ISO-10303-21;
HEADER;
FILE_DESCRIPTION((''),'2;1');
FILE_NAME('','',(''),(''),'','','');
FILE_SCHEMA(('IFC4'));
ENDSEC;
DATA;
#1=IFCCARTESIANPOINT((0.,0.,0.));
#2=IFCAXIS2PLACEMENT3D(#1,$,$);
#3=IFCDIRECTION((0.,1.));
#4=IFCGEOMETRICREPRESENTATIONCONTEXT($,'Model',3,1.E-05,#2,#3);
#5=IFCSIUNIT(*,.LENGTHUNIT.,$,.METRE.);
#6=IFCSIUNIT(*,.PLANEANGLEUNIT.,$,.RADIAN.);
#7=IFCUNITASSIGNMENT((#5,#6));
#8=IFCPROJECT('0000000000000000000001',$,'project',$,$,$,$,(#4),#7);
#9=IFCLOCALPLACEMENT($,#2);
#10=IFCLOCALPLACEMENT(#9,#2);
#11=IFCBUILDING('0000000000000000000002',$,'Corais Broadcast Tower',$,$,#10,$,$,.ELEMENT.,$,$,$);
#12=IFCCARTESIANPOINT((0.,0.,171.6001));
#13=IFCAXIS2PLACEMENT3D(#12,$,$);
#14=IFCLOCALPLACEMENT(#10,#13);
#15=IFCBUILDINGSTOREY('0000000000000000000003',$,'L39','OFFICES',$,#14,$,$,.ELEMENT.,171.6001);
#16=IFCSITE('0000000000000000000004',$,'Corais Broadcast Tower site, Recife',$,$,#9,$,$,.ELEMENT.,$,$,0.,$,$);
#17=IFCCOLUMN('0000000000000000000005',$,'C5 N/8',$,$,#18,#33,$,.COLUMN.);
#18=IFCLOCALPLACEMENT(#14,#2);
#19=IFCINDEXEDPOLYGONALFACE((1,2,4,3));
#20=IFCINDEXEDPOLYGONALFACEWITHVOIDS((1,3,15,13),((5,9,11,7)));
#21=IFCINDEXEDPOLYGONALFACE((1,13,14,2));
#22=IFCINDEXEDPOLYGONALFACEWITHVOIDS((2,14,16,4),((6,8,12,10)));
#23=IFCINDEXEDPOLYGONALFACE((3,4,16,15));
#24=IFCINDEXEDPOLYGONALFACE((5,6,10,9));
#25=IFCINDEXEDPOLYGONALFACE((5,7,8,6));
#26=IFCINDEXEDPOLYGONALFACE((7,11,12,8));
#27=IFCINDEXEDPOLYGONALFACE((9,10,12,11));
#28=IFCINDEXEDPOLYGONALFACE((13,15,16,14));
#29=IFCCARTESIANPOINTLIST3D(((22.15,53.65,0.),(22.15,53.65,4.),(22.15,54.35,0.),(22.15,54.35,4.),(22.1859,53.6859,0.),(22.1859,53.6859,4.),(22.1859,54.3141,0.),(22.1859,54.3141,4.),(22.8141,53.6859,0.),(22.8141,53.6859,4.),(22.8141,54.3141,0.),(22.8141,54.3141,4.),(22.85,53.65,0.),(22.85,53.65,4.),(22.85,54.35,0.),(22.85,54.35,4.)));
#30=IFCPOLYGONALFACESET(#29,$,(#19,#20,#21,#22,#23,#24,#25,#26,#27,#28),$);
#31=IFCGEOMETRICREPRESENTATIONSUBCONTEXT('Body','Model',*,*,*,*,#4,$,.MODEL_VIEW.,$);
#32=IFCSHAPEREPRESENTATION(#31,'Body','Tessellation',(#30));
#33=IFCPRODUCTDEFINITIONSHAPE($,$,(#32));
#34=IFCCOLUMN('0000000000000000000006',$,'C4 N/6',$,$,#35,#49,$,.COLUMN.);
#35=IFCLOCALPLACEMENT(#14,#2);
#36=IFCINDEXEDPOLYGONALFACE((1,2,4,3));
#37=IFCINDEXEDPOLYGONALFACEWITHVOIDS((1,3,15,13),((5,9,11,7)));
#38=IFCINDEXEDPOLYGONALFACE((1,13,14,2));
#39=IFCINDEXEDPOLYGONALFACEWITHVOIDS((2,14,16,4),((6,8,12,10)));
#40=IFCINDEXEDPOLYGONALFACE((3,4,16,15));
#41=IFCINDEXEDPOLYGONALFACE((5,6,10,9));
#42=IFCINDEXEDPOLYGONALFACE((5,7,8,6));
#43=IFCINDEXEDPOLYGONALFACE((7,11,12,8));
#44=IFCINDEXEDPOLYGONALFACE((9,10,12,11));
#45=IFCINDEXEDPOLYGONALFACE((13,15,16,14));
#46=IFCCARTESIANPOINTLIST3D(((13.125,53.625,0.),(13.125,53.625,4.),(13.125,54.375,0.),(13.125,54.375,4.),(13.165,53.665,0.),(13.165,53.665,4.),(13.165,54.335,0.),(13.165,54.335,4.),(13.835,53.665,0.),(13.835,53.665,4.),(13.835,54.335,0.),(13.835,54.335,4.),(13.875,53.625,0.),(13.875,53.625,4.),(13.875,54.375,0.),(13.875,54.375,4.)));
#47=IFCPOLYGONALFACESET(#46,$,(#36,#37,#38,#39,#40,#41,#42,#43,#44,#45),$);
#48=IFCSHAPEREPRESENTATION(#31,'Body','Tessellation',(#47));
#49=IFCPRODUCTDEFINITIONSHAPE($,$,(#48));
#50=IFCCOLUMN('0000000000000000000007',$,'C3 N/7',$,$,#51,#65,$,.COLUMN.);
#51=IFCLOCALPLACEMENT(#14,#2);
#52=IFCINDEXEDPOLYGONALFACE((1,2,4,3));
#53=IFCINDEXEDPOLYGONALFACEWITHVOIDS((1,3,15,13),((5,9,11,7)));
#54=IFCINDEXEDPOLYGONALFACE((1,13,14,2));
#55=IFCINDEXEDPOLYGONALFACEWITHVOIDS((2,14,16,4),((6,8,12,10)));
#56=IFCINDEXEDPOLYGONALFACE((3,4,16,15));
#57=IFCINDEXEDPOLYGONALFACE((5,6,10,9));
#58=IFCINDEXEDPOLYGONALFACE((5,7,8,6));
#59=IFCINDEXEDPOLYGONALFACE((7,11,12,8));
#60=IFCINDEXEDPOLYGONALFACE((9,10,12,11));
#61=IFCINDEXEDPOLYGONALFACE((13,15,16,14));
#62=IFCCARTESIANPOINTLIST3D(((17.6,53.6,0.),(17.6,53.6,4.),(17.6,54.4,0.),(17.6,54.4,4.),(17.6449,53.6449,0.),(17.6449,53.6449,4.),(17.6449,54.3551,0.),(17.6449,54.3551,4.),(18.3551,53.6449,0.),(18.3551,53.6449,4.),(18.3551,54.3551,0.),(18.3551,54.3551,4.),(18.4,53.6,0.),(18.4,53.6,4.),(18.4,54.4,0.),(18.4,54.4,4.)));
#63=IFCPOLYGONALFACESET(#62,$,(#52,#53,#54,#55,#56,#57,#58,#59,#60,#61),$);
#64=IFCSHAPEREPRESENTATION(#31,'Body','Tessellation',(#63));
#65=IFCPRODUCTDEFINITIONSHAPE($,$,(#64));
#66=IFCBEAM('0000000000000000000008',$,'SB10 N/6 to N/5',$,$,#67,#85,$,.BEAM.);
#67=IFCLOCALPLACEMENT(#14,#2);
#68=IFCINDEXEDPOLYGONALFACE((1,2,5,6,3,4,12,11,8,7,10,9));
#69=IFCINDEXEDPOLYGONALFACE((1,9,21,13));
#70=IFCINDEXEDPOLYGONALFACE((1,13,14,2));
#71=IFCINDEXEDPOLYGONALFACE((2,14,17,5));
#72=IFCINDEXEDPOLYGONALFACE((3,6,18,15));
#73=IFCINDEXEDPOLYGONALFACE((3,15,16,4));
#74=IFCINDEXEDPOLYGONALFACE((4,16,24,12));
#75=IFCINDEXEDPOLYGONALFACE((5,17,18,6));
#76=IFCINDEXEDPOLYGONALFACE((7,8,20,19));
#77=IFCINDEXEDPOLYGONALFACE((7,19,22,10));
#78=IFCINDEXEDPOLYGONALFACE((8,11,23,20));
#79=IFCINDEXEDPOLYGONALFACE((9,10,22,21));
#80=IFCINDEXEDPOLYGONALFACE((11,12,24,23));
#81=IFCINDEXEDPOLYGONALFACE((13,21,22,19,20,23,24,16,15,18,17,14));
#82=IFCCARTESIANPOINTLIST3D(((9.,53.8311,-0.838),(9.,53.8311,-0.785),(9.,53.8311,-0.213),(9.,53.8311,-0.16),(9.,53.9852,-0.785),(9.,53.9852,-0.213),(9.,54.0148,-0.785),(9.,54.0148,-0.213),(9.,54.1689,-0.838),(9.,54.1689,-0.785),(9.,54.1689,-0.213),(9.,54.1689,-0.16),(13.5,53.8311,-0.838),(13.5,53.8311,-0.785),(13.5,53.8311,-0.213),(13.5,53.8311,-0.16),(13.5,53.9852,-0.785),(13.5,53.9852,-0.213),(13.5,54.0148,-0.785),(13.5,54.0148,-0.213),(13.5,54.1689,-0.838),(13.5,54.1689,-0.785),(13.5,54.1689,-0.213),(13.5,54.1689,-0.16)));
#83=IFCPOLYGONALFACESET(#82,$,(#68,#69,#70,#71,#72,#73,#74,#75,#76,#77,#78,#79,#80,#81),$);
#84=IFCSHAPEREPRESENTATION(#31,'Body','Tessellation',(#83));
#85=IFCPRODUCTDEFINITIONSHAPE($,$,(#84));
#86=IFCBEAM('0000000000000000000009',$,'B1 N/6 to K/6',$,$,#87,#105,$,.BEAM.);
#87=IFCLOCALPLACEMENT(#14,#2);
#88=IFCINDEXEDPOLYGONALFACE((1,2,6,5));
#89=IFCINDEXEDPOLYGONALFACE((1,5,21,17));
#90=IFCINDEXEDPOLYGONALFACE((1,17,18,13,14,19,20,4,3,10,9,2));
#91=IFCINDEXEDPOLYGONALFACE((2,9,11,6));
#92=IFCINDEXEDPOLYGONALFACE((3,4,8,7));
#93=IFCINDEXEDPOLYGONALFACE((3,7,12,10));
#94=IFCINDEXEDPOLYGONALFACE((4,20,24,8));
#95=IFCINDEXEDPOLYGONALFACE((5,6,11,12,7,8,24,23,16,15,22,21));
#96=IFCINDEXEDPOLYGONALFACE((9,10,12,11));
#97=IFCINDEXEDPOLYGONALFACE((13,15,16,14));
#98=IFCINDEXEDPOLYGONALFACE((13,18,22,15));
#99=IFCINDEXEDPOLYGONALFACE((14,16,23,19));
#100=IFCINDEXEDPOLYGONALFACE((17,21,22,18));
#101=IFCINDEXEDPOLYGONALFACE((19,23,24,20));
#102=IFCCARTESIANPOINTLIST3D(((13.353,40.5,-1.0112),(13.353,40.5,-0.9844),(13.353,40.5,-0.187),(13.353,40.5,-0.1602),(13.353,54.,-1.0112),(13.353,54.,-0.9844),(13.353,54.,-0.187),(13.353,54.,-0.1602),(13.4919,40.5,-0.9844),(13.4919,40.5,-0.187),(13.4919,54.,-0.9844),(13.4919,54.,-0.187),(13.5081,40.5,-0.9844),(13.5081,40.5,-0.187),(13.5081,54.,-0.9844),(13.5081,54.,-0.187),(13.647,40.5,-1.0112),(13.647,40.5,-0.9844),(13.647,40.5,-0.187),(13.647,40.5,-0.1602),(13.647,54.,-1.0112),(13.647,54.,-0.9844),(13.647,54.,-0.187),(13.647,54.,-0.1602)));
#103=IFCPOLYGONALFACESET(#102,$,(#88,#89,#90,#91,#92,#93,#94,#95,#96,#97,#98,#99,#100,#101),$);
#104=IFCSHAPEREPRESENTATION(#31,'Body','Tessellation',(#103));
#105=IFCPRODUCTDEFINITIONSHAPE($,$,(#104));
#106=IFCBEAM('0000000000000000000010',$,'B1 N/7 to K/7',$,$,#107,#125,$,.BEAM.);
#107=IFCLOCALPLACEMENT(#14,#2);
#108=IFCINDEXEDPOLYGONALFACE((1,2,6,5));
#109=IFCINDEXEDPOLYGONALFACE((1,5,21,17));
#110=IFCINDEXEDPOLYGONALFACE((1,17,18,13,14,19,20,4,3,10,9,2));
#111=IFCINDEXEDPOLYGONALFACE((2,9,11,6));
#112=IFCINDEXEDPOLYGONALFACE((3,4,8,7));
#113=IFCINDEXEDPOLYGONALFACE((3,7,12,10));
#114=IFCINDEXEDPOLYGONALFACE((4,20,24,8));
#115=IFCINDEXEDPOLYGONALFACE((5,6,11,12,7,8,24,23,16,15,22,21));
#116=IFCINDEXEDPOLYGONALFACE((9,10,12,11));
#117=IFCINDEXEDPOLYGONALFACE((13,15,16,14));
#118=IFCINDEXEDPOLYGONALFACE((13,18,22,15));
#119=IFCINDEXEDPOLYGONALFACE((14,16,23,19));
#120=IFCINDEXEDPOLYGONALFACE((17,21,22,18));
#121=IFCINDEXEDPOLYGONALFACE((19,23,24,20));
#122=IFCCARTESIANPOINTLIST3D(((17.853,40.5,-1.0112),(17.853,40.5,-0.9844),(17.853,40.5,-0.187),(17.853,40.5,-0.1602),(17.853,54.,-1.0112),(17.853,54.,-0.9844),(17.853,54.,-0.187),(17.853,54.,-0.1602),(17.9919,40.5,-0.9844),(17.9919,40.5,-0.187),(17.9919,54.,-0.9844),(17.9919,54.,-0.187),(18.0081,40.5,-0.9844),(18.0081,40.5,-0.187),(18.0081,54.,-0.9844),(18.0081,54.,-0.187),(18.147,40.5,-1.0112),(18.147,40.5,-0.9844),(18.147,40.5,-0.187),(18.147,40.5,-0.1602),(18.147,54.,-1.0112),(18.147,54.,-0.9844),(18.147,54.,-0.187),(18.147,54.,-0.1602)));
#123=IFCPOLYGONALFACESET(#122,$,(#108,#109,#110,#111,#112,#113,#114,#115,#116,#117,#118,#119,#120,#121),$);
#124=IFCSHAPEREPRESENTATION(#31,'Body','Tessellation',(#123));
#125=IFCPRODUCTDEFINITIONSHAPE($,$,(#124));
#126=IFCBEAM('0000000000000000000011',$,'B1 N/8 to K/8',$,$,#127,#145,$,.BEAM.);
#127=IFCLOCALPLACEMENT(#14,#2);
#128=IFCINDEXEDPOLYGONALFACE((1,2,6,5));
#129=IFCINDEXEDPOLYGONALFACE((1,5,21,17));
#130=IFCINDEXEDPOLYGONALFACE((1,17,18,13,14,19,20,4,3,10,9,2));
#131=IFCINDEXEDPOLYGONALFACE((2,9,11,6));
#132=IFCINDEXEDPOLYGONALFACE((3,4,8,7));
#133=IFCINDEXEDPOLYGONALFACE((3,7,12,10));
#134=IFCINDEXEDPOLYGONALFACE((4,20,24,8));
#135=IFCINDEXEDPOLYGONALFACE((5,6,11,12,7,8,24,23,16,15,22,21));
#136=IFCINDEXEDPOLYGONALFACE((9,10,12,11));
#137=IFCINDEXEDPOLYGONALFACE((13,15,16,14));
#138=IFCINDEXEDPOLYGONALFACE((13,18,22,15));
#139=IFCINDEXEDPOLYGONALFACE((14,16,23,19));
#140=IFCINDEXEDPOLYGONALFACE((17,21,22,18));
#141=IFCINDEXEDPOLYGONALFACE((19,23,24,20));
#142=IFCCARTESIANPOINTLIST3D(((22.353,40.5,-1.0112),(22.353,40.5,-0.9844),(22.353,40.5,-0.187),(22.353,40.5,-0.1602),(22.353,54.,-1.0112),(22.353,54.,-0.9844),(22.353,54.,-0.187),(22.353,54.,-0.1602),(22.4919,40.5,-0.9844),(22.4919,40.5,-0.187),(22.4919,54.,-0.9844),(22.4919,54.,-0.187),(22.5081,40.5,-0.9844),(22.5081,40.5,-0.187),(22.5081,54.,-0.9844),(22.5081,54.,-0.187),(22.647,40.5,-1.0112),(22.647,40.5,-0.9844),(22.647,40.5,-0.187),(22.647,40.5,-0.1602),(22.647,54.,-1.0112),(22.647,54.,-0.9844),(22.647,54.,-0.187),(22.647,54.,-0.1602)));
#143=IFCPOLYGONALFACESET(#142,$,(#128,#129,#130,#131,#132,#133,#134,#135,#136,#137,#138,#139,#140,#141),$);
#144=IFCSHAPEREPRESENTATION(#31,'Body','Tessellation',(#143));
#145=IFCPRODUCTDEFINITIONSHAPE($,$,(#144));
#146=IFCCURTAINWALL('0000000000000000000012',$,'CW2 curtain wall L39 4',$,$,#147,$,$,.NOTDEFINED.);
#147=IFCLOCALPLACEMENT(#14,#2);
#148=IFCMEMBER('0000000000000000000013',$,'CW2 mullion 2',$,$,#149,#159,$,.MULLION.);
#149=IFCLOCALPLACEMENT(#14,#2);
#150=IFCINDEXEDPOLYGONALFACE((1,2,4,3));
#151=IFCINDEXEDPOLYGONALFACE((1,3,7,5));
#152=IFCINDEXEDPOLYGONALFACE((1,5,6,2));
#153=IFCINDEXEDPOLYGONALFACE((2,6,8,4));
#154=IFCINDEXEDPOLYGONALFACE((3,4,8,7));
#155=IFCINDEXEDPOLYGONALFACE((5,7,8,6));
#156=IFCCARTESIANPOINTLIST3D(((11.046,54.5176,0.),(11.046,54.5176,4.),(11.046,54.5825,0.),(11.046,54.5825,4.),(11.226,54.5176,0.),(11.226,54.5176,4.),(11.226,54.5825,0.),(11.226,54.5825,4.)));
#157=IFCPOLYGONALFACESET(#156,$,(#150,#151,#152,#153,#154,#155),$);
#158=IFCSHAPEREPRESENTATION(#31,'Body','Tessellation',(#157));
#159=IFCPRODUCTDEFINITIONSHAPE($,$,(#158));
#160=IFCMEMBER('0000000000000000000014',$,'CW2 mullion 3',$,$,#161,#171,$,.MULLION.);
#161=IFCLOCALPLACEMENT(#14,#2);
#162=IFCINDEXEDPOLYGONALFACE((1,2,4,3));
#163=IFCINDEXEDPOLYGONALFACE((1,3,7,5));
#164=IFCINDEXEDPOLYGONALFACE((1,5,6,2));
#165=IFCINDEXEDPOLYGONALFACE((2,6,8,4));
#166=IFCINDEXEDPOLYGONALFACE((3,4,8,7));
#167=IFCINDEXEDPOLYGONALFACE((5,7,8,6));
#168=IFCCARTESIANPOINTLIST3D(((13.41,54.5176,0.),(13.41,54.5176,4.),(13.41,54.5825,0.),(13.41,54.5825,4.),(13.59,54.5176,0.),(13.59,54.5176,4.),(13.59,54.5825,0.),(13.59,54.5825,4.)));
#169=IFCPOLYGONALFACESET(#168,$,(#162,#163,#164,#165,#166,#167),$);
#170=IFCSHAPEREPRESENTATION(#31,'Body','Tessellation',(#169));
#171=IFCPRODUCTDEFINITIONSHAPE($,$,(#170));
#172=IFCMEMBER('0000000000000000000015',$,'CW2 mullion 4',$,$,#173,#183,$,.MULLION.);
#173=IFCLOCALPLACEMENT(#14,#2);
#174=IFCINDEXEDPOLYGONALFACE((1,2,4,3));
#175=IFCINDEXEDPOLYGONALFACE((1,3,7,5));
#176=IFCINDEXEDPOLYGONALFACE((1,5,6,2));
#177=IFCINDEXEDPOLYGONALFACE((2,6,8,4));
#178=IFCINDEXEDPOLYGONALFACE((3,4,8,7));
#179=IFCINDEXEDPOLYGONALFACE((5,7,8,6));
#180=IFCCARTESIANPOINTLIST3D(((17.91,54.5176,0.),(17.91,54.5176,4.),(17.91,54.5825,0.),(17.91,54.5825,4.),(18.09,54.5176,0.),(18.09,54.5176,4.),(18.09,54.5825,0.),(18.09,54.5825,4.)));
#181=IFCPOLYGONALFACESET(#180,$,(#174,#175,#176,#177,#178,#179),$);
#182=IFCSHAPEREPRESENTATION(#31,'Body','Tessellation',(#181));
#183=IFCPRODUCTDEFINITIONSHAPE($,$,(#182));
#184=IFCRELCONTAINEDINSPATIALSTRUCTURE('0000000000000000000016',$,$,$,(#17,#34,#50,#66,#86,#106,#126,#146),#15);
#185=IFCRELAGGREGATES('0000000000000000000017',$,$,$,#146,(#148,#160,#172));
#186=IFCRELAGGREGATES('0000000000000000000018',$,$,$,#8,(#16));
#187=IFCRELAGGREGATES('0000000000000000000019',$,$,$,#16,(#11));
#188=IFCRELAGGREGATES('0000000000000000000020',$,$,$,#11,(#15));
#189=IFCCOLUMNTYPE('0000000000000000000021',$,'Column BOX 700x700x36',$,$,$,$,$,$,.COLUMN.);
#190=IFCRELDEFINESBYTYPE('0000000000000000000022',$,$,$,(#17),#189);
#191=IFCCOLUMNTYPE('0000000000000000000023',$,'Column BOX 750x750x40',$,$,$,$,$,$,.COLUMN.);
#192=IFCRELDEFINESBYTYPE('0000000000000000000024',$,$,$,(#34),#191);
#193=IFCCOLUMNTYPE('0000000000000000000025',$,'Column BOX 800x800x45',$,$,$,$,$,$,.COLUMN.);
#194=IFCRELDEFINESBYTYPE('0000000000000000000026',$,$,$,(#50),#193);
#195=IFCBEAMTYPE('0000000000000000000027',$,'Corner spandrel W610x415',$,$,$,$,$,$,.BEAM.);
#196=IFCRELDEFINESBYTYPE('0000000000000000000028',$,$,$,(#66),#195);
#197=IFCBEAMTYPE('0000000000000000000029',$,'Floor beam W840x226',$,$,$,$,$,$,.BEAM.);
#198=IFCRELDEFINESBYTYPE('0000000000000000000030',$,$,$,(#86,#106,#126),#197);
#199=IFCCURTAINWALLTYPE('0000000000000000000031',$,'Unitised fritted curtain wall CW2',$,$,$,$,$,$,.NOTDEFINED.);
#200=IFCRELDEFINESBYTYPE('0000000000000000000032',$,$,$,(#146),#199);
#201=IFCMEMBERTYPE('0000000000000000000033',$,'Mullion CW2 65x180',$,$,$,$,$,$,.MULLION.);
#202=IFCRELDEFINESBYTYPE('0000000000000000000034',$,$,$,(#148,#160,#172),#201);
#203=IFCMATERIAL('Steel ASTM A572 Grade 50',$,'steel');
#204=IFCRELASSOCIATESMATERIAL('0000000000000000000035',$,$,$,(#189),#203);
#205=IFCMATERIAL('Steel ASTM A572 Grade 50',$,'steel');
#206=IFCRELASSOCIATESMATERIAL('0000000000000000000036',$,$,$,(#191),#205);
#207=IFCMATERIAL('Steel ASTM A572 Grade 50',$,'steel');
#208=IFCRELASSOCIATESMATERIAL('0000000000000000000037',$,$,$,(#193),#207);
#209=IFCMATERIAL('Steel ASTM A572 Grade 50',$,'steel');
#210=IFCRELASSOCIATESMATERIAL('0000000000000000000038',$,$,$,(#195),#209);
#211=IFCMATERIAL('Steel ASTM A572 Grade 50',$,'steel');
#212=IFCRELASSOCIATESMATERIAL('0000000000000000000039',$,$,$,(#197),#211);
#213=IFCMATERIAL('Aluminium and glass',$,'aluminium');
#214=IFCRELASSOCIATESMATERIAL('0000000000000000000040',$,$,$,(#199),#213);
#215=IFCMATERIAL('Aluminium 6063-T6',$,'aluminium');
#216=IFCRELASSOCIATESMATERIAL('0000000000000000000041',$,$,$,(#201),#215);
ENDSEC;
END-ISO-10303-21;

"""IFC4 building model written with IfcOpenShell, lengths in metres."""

from ifc_helpers import new_model, si_unit, direction, frame, origin, origin_2d, place, context, subcontext, project, spatial, rectangle, hollow_rectangle, i_section, extrude, material, material_profile, profile_set, type_object, element, aggregate, save


model = new_model("IFC4")

# Units and contexts
model_context = context("Model", 3, precision=1e-05, world=origin(), true_north=direction((0.0, 1.0)))
body_context = subcontext(model_context, "Body", "Model", "MODEL_VIEW")
ifc_project = project(units=[si_unit("LENGTHUNIT", "METRE"), si_unit("PLANEANGLEUNIT", "RADIAN")], contexts=[model_context])

# Site, building, storey
site_placement = place(None, origin())
site = spatial("IfcSite", under=ifc_project, at=site_placement, Name="Corais Broadcast Tower site, Recife", CompositionType="ELEMENT", RefElevation=0.0)
building_placement = place(site_placement, origin())
building = spatial("IfcBuilding", under=site, at=building_placement, Name="Corais Broadcast Tower", CompositionType="ELEMENT")
storey_placement = place(building_placement, frame((0.0, 0.0, 171.6001)))
storey = spatial("IfcBuildingStorey", under=building, at=storey_placement, Name="L39", Description="OFFICES", CompositionType="ELEMENT", Elevation=171.6001)

# Columns
ifc_material_1 = material(Name="Steel ASTM A572 Grade 50", Category="steel")
ifc_material_profile_1 = material_profile(ifc_material_1, hollow_rectangle(XDim=0.7, YDim=0.7, WallThickness=0.0359, at=origin_2d()), Name="BOX 700x700x36")
ifc_profile_set_1 = profile_set([ifc_material_profile_1], Name="Steel ASTM A572 Grade 50")
column_type_1 = type_object("IfcColumnType", Name="Column BOX 700x700x36", PredefinedType="COLUMN", material=ifc_profile_set_1)
column_1_placement = place(storey_placement, frame((22.5, 54.0, 0.0), z_axis=(0.0, 0.0, 1.0), x_axis=(1.0, 0.0, 0.0)))
element("IfcColumn", 1, at=column_1_placement, inside=storey, type_object=column_type_1, Name="C5 N/8", PredefinedType="COLUMN", context=body_context, shape_type="SweptSolid", body=[
    extrude(hollow_rectangle(XDim=0.7, YDim=0.7, WallThickness=0.0359, at=origin_2d()), origin(), (0.0, 0.0, 1.0), 4.0),
])
ifc_material_2 = material(Name="Steel ASTM A572 Grade 50", Category="steel")
ifc_material_profile_2 = material_profile(ifc_material_2, hollow_rectangle(XDim=0.75, YDim=0.75, WallThickness=0.04, at=origin_2d()), Name="BOX 750x750x40")
ifc_profile_set_2 = profile_set([ifc_material_profile_2], Name="Steel ASTM A572 Grade 50")
column_type_2 = type_object("IfcColumnType", Name="Column BOX 750x750x40", PredefinedType="COLUMN", material=ifc_profile_set_2)
column_2_placement = place(storey_placement, frame((13.5, 54.0, 0.0), z_axis=(0.0, 0.0, 1.0), x_axis=(1.0, 0.0, 0.0)))
element("IfcColumn", 2, at=column_2_placement, inside=storey, type_object=column_type_2, Name="C4 N/6", PredefinedType="COLUMN", context=body_context, shape_type="SweptSolid", body=[
    extrude(hollow_rectangle(XDim=0.75, YDim=0.75, WallThickness=0.04, at=origin_2d()), origin(), (0.0, 0.0, 1.0), 4.0),
])
ifc_material_3 = material(Name="Steel ASTM A572 Grade 50", Category="steel")
ifc_material_profile_3 = material_profile(ifc_material_3, hollow_rectangle(XDim=0.8, YDim=0.8, WallThickness=0.0449, at=origin_2d()), Name="BOX 800x800x45")
ifc_profile_set_3 = profile_set([ifc_material_profile_3], Name="Steel ASTM A572 Grade 50")
column_type_3 = type_object("IfcColumnType", Name="Column BOX 800x800x45", PredefinedType="COLUMN", material=ifc_profile_set_3)
column_3_placement = place(storey_placement, frame((18.0, 54.0, 0.0), z_axis=(0.0, 0.0, 1.0), x_axis=(1.0, 0.0, 0.0)))
element("IfcColumn", 3, at=column_3_placement, inside=storey, type_object=column_type_3, Name="C3 N/7", PredefinedType="COLUMN", context=body_context, shape_type="SweptSolid", body=[
    extrude(hollow_rectangle(XDim=0.8, YDim=0.8, WallThickness=0.0449, at=origin_2d()), origin(), (0.0, 0.0, 1.0), 4.0),
])

# Beams
ifc_material_4 = material(Name="Steel ASTM A572 Grade 50", Category="steel")
ifc_material_profile_4 = material_profile(ifc_material_4, i_section(OverallWidth=0.3379, OverallDepth=0.678, WebThickness=0.0295, FlangeThickness=0.053, at=origin_2d()), Name="W610x415")
ifc_profile_set_4 = profile_set([ifc_material_profile_4], Name="Steel ASTM A572 Grade 50")
beam_type_1 = type_object("IfcBeamType", Name="Corner spandrel W610x415", PredefinedType="BEAM", material=ifc_profile_set_4)
beam_1_placement = place(storey_placement, frame((13.5, 54.0, -0.499), z_axis=(-1.0, 0.0, 0.0), x_axis=(0.0, -1.0, 0.0)))
element("IfcBeam", 4, at=beam_1_placement, inside=storey, type_object=beam_type_1, Name="SB10 N/6 to N/5", PredefinedType="BEAM", context=body_context, shape_type="SweptSolid", body=[
    extrude(i_section(OverallWidth=0.3379, OverallDepth=0.678, WebThickness=0.0295, FlangeThickness=0.053, at=origin_2d()), origin(), (0.0, 0.0, 1.0), 4.5),
])
ifc_material_5 = material(Name="Steel ASTM A572 Grade 50", Category="steel")
ifc_material_profile_5 = material_profile(ifc_material_5, i_section(OverallWidth=0.2939, OverallDepth=0.8511, WebThickness=0.0161, FlangeThickness=0.0269, at=origin_2d()), Name="W840x226")
ifc_profile_set_5 = profile_set([ifc_material_profile_5], Name="Steel ASTM A572 Grade 50")
beam_type_2 = type_object("IfcBeamType", Name="Floor beam W840x226", PredefinedType="BEAM", material=ifc_profile_set_5)
for number, where, z_axis, x_axis, name in (
    (5, (13.5, 54.0, -0.5857), (0.0, -1.0, 0.0), (1.0, 0.0, 0.0), "B1 N/6 to K/6"),
    (6, (18.0, 54.0, -0.5857), (0.0, -1.0, 0.0), (1.0, 0.0, 0.0), "B1 N/7 to K/7"),
    (7, (22.5, 54.0, -0.5857), (0.0, -1.0, 0.0), (1.0, 0.0, 0.0), "B1 N/8 to K/8"),
):
    element("IfcBeam", number, at=place(storey_placement, frame(where, z_axis=z_axis, x_axis=x_axis)), inside=storey, type_object=beam_type_2, Name=name, PredefinedType="BEAM", context=body_context, shape_type="SweptSolid", body=[
        extrude(i_section(OverallWidth=0.2939, OverallDepth=0.8511, WebThickness=0.0161, FlangeThickness=0.0269, at=origin_2d()), origin(), (0.0, 0.0, 1.0), 13.5),
    ])

# Curtain wall, members
ifc_material_6 = material(Name="Aluminium and glass", Category="aluminium")
curtain_wall_type = type_object("IfcCurtainWallType", Name="Unitised fritted curtain wall CW2", PredefinedType="NOTDEFINED", material=ifc_material_6)
curtain_wall_placement = place(storey_placement, origin())
curtain_wall = element("IfcCurtainWall", 8, at=curtain_wall_placement, inside=storey, type_object=curtain_wall_type, Name="CW2 curtain wall L39 4", PredefinedType="NOTDEFINED")
ifc_material_7 = material(Name="Aluminium 6063-T6", Category="aluminium")
ifc_material_profile_6 = material_profile(ifc_material_7, rectangle(XDim=0.0649, YDim=0.1799, at=origin_2d()), Name="Mullion CW2 65x180")
ifc_profile_set_6 = profile_set([ifc_material_profile_6], Name="Aluminium 6063-T6")
member_type_1 = type_object("IfcMemberType", Name="Mullion CW2 65x180", PredefinedType="MULLION", material=ifc_profile_set_6)
member_1_placement = place(storey_placement, frame((11.136, 54.55, 0.0), z_axis=(0.0, 0.0, 1.0), x_axis=(0.0, 1.0, 0.0)))
member_1 = element("IfcMember", 9, at=member_1_placement, type_object=member_type_1, Name="CW2 mullion 2", PredefinedType="MULLION", context=body_context, shape_type="SweptSolid", body=[
    extrude(rectangle(XDim=0.0649, YDim=0.1799, at=origin_2d()), origin(), (0.0, 0.0, 1.0), 4.0),
])
member_2_placement = place(storey_placement, frame((13.5, 54.55, 0.0), z_axis=(0.0, 0.0, 1.0), x_axis=(0.0, 1.0, 0.0)))
member_2 = element("IfcMember", 10, at=member_2_placement, type_object=member_type_1, Name="CW2 mullion 3", PredefinedType="MULLION", context=body_context, shape_type="SweptSolid", body=[
    extrude(rectangle(XDim=0.0649, YDim=0.1799, at=origin_2d()), origin(), (0.0, 0.0, 1.0), 4.0),
])
member_3_placement = place(storey_placement, frame((18.0, 54.55, 0.0), z_axis=(0.0, 0.0, 1.0), x_axis=(0.0, 1.0, 0.0)))
member_3 = element("IfcMember", 11, at=member_3_placement, type_object=member_type_1, Name="CW2 mullion 4", PredefinedType="MULLION", context=body_context, shape_type="SweptSolid", body=[
    extrude(rectangle(XDim=0.0649, YDim=0.1799, at=origin_2d()), origin(), (0.0, 0.0, 1.0), 4.0),
])

aggregate(curtain_wall, [member_1, member_2, member_3])

save(model, "model.ifc")
